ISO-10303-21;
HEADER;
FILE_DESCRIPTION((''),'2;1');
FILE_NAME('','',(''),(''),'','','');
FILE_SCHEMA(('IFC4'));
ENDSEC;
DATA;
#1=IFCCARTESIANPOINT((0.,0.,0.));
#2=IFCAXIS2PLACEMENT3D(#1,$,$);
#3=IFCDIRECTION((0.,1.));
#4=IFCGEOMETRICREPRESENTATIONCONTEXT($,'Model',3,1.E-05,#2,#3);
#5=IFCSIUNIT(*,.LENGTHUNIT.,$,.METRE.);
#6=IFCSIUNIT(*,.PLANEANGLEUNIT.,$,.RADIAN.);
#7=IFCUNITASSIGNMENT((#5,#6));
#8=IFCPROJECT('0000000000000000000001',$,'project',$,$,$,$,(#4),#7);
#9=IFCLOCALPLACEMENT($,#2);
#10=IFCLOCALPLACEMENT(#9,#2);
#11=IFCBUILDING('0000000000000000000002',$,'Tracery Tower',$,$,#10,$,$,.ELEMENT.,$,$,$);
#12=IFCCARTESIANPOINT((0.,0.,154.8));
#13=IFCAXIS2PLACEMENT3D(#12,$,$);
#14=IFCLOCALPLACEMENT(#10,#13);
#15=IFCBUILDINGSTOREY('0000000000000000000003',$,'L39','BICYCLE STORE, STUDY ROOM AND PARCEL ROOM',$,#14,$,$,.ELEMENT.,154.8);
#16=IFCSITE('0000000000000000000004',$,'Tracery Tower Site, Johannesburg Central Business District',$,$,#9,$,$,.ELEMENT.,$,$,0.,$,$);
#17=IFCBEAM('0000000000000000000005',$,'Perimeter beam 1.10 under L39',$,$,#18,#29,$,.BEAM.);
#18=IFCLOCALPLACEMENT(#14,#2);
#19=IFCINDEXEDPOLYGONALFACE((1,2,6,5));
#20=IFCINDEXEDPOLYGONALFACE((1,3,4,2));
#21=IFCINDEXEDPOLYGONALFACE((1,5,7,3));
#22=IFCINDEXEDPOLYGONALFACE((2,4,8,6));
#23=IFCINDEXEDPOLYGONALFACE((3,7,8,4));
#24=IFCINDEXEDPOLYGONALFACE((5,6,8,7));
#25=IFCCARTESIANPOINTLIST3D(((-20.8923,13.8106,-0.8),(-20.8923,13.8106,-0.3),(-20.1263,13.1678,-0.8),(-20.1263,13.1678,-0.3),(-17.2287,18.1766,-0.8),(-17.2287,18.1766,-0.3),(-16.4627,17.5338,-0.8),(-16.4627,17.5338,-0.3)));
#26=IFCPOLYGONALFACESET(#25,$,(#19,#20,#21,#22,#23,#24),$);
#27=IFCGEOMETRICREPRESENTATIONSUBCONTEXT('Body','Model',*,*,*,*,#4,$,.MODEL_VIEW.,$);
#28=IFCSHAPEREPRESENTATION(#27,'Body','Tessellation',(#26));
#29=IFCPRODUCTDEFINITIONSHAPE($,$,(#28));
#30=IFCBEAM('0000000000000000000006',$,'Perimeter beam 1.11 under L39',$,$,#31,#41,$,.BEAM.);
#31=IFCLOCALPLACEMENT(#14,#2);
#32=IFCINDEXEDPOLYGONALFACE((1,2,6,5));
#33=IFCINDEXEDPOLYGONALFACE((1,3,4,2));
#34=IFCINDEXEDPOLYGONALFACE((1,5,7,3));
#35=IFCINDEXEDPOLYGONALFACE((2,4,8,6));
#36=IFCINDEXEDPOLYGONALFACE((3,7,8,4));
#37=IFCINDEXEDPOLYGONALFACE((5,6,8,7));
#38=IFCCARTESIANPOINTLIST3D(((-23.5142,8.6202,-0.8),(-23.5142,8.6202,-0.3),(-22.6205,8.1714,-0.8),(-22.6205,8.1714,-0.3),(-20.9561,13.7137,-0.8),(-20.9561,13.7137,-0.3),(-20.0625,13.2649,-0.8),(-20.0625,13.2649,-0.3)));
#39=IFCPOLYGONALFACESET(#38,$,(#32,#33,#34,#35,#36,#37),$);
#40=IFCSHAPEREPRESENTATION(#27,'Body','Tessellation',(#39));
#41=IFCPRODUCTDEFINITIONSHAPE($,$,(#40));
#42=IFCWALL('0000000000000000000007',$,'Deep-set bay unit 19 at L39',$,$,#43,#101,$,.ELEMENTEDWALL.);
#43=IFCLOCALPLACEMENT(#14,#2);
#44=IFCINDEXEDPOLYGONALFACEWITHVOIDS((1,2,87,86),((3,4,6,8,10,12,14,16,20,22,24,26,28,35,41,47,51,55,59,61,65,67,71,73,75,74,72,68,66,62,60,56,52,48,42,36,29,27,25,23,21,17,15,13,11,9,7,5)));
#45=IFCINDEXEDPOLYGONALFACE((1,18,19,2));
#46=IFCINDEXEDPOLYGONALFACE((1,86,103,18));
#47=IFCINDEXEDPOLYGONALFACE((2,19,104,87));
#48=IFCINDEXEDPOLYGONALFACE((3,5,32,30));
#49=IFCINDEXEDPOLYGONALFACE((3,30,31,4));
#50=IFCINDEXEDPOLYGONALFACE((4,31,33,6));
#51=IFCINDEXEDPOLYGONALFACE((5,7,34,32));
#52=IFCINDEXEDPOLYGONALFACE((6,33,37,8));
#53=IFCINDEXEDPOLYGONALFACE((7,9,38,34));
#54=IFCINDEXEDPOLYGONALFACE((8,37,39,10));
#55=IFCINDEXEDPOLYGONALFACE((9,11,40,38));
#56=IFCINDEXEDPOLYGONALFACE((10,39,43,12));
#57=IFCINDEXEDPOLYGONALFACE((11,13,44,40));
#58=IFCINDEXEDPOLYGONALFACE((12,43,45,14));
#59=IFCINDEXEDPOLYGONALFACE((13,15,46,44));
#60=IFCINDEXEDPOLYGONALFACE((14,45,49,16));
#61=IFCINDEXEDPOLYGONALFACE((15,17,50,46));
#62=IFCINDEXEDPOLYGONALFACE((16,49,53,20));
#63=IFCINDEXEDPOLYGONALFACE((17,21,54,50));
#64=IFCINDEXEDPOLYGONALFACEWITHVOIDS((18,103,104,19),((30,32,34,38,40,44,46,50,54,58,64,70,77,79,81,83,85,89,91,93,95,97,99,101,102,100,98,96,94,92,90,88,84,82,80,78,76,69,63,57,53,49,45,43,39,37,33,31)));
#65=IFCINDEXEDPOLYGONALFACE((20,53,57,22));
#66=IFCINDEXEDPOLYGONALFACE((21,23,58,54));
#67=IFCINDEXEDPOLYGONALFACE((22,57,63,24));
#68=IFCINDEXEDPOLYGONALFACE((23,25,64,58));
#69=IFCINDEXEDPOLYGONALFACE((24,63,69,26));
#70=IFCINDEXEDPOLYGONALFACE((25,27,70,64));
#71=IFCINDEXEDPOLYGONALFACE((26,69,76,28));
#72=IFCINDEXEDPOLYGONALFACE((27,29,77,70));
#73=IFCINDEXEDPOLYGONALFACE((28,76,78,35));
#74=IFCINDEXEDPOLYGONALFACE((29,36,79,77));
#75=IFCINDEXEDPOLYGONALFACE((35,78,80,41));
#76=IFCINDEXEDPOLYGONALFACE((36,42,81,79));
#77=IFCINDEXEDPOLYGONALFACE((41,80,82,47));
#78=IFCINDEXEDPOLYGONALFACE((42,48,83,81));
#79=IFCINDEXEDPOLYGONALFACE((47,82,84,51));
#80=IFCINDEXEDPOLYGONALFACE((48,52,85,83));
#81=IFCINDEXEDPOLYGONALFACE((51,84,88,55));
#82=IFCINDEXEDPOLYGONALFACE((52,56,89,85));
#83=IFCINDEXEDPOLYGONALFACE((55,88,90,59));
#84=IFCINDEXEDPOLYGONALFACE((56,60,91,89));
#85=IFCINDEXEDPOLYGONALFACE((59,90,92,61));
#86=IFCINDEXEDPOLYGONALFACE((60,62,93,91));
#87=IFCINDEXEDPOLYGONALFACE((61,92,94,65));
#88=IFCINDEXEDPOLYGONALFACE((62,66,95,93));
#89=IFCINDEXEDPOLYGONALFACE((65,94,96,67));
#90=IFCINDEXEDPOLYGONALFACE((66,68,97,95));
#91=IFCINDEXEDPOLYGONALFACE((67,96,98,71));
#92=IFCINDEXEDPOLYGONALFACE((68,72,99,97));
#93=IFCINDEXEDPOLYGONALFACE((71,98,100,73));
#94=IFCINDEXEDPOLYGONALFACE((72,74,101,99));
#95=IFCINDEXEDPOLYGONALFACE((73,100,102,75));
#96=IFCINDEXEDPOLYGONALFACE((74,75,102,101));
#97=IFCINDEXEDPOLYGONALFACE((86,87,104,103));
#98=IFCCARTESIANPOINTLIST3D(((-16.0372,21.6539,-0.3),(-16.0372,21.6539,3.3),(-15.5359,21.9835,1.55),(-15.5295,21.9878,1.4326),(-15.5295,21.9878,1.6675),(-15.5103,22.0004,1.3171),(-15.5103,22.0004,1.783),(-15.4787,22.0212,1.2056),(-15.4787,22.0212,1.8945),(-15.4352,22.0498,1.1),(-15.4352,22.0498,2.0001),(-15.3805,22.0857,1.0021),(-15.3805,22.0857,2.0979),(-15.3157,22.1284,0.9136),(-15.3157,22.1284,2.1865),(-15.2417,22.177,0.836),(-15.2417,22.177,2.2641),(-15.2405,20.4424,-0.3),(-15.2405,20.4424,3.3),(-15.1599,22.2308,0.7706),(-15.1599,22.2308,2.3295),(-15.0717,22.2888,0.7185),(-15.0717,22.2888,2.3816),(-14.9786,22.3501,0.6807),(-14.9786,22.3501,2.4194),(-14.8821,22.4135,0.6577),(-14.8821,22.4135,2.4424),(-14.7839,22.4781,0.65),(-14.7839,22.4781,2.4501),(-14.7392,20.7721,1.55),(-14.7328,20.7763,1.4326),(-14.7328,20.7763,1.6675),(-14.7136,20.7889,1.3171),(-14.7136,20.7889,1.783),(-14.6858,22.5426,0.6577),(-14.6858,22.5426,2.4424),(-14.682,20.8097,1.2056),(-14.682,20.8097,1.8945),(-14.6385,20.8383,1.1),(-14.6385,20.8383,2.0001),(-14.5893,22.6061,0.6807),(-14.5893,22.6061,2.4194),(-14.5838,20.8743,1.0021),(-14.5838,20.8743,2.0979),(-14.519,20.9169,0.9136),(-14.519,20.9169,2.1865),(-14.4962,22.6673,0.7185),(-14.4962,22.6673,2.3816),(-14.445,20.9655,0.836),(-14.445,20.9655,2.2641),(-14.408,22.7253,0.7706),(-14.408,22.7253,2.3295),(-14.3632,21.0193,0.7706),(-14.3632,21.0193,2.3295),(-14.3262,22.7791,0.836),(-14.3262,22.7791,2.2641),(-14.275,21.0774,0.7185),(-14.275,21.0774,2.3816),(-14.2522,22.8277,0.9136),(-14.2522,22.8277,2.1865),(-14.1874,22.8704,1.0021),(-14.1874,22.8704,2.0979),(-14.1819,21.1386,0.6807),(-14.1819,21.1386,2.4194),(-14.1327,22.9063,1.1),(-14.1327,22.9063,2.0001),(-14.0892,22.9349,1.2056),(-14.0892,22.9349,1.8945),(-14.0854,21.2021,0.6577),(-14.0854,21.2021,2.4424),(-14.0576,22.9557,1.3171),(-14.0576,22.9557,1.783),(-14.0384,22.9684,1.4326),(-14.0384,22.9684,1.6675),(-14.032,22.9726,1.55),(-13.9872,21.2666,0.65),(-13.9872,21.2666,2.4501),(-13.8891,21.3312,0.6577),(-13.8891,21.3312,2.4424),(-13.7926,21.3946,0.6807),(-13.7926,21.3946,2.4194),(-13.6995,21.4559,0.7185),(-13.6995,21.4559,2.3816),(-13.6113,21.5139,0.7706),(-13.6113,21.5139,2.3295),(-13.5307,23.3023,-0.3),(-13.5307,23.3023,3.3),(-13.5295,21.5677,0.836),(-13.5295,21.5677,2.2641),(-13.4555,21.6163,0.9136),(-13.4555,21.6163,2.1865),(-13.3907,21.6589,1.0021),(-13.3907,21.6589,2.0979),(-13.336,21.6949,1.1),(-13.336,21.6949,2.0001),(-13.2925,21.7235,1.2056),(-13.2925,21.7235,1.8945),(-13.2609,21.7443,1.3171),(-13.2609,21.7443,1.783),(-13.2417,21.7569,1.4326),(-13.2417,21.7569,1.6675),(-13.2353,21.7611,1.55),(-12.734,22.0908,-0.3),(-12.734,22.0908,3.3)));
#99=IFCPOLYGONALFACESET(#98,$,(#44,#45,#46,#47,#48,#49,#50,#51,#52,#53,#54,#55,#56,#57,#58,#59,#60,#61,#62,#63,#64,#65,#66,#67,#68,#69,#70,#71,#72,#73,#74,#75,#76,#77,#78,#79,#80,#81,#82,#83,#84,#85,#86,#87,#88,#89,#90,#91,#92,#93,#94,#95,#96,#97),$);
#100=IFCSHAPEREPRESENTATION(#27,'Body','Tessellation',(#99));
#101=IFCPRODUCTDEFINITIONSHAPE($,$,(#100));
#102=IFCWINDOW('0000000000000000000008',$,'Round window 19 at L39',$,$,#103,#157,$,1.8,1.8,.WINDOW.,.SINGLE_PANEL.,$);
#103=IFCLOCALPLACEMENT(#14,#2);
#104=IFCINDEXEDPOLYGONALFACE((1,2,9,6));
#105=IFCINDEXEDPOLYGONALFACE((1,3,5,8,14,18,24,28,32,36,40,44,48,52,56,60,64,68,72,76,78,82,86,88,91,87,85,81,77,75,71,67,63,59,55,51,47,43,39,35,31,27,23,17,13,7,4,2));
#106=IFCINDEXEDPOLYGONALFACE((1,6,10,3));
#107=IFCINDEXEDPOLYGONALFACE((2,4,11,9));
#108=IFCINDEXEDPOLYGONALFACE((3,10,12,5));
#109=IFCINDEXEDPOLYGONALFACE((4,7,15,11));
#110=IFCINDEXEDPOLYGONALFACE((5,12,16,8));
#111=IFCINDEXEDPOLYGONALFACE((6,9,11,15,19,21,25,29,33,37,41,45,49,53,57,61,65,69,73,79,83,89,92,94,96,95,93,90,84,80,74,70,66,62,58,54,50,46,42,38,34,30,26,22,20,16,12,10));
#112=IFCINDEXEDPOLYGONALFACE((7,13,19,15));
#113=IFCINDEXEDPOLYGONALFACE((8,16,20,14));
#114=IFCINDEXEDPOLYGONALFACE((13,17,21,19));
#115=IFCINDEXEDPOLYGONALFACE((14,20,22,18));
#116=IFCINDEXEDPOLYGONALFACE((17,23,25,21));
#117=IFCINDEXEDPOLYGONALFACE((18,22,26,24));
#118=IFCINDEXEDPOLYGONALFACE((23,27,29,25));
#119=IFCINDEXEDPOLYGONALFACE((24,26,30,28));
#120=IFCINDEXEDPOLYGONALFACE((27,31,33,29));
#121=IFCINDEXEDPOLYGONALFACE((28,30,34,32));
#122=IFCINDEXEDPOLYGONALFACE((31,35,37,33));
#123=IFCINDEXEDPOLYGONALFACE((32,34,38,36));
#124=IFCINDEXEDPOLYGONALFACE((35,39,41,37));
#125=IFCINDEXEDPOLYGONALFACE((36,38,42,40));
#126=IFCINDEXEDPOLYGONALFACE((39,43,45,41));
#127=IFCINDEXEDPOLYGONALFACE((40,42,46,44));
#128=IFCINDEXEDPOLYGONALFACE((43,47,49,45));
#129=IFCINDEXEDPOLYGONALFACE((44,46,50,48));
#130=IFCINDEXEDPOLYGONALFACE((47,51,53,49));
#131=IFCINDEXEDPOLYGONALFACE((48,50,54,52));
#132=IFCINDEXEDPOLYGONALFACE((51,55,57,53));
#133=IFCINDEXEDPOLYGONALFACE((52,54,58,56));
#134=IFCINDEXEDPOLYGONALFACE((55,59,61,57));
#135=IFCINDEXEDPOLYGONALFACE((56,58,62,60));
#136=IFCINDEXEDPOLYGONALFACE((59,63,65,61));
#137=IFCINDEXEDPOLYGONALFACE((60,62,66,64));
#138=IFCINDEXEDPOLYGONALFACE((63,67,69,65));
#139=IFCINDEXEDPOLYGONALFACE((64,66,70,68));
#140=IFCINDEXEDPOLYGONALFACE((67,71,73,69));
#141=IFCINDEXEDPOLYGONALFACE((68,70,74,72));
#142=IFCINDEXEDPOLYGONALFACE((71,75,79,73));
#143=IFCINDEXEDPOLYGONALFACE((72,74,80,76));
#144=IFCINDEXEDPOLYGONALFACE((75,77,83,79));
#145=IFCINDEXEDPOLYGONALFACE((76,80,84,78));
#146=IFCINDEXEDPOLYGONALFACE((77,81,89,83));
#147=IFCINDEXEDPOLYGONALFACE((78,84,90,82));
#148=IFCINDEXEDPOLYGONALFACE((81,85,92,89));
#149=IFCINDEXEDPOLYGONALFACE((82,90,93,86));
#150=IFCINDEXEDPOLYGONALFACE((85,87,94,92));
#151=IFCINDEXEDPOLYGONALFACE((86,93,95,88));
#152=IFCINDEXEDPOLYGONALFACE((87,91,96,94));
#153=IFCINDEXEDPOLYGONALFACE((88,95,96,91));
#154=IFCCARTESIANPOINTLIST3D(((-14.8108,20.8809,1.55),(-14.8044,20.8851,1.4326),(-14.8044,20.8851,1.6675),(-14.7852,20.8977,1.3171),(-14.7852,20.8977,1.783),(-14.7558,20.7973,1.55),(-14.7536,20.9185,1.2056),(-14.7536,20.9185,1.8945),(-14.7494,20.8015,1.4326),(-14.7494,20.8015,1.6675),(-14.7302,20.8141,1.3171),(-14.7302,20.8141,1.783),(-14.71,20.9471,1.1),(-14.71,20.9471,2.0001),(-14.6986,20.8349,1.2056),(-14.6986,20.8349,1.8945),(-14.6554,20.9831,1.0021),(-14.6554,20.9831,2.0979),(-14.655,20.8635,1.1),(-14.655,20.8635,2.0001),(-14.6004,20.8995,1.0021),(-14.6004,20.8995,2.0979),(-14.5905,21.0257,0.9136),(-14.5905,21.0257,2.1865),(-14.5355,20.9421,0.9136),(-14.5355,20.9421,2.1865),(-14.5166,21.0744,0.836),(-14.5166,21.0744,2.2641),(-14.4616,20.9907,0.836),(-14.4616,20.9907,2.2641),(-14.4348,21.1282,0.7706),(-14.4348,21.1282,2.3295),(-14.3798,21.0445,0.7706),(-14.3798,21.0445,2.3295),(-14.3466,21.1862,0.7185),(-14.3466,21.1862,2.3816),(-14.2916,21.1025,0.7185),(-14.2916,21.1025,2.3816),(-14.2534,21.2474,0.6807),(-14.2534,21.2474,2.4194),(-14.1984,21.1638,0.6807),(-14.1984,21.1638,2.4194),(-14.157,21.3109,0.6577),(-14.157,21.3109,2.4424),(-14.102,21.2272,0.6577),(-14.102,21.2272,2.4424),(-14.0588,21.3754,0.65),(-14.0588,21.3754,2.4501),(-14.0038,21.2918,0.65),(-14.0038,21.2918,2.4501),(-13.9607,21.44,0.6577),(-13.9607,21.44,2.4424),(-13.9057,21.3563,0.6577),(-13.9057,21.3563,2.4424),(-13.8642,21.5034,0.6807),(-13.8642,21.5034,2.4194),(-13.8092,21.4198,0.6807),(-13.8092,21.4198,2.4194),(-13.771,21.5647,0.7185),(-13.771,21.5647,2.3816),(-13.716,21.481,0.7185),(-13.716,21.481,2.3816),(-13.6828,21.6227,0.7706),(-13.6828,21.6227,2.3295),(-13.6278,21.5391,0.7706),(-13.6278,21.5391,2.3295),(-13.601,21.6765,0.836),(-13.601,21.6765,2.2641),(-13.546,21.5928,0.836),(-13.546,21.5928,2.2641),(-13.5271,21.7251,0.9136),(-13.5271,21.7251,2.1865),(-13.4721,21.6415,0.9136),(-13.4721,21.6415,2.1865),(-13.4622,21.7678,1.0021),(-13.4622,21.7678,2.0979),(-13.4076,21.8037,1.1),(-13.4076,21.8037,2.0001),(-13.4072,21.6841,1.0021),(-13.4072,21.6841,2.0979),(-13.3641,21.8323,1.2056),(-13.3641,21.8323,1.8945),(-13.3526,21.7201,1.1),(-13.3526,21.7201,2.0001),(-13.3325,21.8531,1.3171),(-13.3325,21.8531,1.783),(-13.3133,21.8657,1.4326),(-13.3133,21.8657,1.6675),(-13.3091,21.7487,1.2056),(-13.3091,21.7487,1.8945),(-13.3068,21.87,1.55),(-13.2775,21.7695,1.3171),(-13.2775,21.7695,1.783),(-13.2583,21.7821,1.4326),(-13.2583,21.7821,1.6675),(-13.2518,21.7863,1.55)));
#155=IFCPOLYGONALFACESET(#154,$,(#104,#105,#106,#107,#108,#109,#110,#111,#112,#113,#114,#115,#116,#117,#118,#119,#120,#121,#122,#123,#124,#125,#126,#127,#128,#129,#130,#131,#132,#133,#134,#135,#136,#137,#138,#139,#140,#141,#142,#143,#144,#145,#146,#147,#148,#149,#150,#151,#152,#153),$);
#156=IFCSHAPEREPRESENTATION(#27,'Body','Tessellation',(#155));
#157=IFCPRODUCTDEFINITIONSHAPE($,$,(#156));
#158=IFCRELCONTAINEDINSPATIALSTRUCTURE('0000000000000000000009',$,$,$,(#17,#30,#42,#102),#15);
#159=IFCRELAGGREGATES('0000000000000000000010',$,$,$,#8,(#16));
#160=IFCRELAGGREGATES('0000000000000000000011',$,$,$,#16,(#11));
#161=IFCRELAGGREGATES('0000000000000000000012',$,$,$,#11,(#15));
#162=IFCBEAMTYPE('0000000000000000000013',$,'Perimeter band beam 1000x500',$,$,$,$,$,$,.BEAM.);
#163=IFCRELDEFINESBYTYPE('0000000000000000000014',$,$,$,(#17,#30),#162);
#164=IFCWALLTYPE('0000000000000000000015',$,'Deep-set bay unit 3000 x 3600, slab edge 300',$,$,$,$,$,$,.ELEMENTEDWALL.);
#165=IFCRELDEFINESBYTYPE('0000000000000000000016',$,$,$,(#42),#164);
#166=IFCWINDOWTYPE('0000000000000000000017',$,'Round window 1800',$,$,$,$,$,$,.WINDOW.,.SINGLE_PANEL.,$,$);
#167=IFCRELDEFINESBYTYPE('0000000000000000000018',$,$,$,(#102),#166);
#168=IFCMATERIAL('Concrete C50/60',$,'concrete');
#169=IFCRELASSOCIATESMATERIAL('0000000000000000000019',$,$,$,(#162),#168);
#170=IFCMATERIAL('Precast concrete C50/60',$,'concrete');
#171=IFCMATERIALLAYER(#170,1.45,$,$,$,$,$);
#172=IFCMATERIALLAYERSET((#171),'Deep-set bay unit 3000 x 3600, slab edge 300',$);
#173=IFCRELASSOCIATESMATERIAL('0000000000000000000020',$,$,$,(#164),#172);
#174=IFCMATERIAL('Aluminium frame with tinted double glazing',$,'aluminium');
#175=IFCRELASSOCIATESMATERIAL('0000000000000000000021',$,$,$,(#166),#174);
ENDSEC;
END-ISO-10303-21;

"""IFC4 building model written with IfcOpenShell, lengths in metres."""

from ifc_helpers import new_model, si_unit, direction, frame, frame_2d, origin, origin_2d, place, context, subcontext, project, spatial, rectangle, circle, extrude, material, layer, layer_set, material_profile, profile_set, type_object, element, fill, save


model = new_model("IFC4")

# Units and contexts
model_context = context("Model", 3, precision=1e-05, world=origin(), true_north=direction((0.0, 1.0)))
body_context = subcontext(model_context, "Body", "Model", "MODEL_VIEW")
ifc_project = project(units=[si_unit("LENGTHUNIT", "METRE"), si_unit("PLANEANGLEUNIT", "RADIAN")], contexts=[model_context])

# Site, building, storey
site_placement = place(None, origin())
site = spatial("IfcSite", under=ifc_project, at=site_placement, Name="Tracery Tower Site, Johannesburg Central Business District", CompositionType="ELEMENT", RefElevation=0.0)
building_placement = place(site_placement, origin())
building = spatial("IfcBuilding", under=site, at=building_placement, Name="Tracery Tower", CompositionType="ELEMENT")
storey_placement = place(building_placement, frame((0.0, 0.0, 154.8)))
storey = spatial("IfcBuildingStorey", under=building, at=storey_placement, Name="L39", Description="BICYCLE STORE, STUDY ROOM AND PARCEL ROOM", CompositionType="ELEMENT", Elevation=154.8)

# Beams
ifc_material_1 = material(Name="Concrete C50/60", Category="concrete")
ifc_material_profile_1 = material_profile(ifc_material_1, rectangle(XDim=1.0, YDim=0.5, at=origin_2d()), Name="RC 1000x500")
ifc_profile_set_1 = profile_set([ifc_material_profile_1], Name="Concrete C50/60")
beam_type = type_object("IfcBeamType", Name="Perimeter band beam 1000x500", PredefinedType="BEAM", material=ifc_profile_set_1)
beam_1_placement = place(storey_placement, frame((-16.8457, 17.8552, -0.55), z_axis=(-0.642797, -0.766036, 0.0), x_axis=(0.766036, -0.642797, 0.0)))
element("IfcBeam", 1, at=beam_1_placement, inside=storey, type_object=beam_type, Name="Perimeter beam 1.10 under L39", PredefinedType="BEAM", context=body_context, shape_type="SweptSolid", body=[
    extrude(rectangle(XDim=1.0, YDim=0.5, at=origin_2d()), origin(), (0.0, 0.0, 1.0), 5.6995),
])
beam_2_placement = place(storey_placement, frame((-20.5093, 13.4893, -0.55), z_axis=(-0.448806, -0.893629, 0.0), x_axis=(0.893629, -0.448806, 0.0)))
element("IfcBeam", 2, at=beam_2_placement, inside=storey, type_object=beam_type, Name="Perimeter beam 1.11 under L39", PredefinedType="BEAM", context=body_context, shape_type="SweptSolid", body=[
    extrude(rectangle(XDim=1.0, YDim=0.5, at=origin_2d()), origin(), (0.0, 0.0, 1.0), 5.6997),
])

# Wall, opening, window
ifc_material_2 = material(Name="Precast concrete C50/60", Category="concrete")
ifc_layer_1 = layer(ifc_material_2, 1.45)
ifc_layer_set_1 = layer_set([ifc_layer_1], Name="Deep-set bay unit 3000 x 3600, slab edge 300")
wall_type_1 = type_object("IfcWallType", Name="Deep-set bay unit 3000 x 3600, slab edge 300", PredefinedType="ELEMENTEDWALL", material=ifc_layer_set_1)
wall_1_placement = place(storey_placement, frame((-13.1323, 22.6965, -0.3), z_axis=(0.0, 0.0, 1.0), x_axis=(-0.835514, -0.549469, 0.0)))
wall_1 = element("IfcWall", 3, at=wall_1_placement, inside=storey, type_object=wall_type_1, Name="Deep-set bay unit 19 at L39", PredefinedType="ELEMENTEDWALL", context=body_context, shape_type="SweptSolid", body=[
    extrude(rectangle(XDim=3.0, YDim=1.45, at=frame_2d((1.5, 0.0))), origin(), (0.0, 0.0, 1.0), 3.6001),
])
opening_1_placement = place(wall_1_placement, frame((1.5, 0.0, 1.8501)))
opening_1 = element("IfcOpeningElement", 4, at=opening_1_placement, cuts=wall_1, PredefinedType="OPENING", context=body_context, shape_type="SweptSolid", body=[
    extrude(circle(Radius=0.9, at=origin_2d()), frame((0.0, 0.7349, 0.0), z_axis=(0.0, -1.0, 0.0), x_axis=(1.0, 0.0, 0.0)), (0.0, 0.0, 1.0), 1.47),
])
ifc_material_3 = material(Name="Aluminium frame with tinted double glazing", Category="aluminium")
window_type = type_object("IfcWindowType", Name="Round window 1800", PartitioningType="SINGLE_PANEL", PredefinedType="WINDOW", material=ifc_material_3)
window_1_placement = place(opening_1_placement, origin())
window_1 = element("IfcWindow", 5, at=window_1_placement, inside=storey, type_object=window_type, Name="Round window 19 at L39", OverallHeight=1.8, OverallWidth=1.8, PartitioningType="SINGLE_PANEL", PredefinedType="WINDOW", context=body_context, shape_type="SweptSolid", body=[
    extrude(circle(Radius=0.9, at=origin_2d()), frame((0.0, 0.6948, 0.0), z_axis=(0.0, -1.0, 0.0), x_axis=(1.0, 0.0, 0.0)), (0.0, 0.0, 1.0), 0.1001),
])
fill(opening_1, window_1)

save(model, "model.ifc")
